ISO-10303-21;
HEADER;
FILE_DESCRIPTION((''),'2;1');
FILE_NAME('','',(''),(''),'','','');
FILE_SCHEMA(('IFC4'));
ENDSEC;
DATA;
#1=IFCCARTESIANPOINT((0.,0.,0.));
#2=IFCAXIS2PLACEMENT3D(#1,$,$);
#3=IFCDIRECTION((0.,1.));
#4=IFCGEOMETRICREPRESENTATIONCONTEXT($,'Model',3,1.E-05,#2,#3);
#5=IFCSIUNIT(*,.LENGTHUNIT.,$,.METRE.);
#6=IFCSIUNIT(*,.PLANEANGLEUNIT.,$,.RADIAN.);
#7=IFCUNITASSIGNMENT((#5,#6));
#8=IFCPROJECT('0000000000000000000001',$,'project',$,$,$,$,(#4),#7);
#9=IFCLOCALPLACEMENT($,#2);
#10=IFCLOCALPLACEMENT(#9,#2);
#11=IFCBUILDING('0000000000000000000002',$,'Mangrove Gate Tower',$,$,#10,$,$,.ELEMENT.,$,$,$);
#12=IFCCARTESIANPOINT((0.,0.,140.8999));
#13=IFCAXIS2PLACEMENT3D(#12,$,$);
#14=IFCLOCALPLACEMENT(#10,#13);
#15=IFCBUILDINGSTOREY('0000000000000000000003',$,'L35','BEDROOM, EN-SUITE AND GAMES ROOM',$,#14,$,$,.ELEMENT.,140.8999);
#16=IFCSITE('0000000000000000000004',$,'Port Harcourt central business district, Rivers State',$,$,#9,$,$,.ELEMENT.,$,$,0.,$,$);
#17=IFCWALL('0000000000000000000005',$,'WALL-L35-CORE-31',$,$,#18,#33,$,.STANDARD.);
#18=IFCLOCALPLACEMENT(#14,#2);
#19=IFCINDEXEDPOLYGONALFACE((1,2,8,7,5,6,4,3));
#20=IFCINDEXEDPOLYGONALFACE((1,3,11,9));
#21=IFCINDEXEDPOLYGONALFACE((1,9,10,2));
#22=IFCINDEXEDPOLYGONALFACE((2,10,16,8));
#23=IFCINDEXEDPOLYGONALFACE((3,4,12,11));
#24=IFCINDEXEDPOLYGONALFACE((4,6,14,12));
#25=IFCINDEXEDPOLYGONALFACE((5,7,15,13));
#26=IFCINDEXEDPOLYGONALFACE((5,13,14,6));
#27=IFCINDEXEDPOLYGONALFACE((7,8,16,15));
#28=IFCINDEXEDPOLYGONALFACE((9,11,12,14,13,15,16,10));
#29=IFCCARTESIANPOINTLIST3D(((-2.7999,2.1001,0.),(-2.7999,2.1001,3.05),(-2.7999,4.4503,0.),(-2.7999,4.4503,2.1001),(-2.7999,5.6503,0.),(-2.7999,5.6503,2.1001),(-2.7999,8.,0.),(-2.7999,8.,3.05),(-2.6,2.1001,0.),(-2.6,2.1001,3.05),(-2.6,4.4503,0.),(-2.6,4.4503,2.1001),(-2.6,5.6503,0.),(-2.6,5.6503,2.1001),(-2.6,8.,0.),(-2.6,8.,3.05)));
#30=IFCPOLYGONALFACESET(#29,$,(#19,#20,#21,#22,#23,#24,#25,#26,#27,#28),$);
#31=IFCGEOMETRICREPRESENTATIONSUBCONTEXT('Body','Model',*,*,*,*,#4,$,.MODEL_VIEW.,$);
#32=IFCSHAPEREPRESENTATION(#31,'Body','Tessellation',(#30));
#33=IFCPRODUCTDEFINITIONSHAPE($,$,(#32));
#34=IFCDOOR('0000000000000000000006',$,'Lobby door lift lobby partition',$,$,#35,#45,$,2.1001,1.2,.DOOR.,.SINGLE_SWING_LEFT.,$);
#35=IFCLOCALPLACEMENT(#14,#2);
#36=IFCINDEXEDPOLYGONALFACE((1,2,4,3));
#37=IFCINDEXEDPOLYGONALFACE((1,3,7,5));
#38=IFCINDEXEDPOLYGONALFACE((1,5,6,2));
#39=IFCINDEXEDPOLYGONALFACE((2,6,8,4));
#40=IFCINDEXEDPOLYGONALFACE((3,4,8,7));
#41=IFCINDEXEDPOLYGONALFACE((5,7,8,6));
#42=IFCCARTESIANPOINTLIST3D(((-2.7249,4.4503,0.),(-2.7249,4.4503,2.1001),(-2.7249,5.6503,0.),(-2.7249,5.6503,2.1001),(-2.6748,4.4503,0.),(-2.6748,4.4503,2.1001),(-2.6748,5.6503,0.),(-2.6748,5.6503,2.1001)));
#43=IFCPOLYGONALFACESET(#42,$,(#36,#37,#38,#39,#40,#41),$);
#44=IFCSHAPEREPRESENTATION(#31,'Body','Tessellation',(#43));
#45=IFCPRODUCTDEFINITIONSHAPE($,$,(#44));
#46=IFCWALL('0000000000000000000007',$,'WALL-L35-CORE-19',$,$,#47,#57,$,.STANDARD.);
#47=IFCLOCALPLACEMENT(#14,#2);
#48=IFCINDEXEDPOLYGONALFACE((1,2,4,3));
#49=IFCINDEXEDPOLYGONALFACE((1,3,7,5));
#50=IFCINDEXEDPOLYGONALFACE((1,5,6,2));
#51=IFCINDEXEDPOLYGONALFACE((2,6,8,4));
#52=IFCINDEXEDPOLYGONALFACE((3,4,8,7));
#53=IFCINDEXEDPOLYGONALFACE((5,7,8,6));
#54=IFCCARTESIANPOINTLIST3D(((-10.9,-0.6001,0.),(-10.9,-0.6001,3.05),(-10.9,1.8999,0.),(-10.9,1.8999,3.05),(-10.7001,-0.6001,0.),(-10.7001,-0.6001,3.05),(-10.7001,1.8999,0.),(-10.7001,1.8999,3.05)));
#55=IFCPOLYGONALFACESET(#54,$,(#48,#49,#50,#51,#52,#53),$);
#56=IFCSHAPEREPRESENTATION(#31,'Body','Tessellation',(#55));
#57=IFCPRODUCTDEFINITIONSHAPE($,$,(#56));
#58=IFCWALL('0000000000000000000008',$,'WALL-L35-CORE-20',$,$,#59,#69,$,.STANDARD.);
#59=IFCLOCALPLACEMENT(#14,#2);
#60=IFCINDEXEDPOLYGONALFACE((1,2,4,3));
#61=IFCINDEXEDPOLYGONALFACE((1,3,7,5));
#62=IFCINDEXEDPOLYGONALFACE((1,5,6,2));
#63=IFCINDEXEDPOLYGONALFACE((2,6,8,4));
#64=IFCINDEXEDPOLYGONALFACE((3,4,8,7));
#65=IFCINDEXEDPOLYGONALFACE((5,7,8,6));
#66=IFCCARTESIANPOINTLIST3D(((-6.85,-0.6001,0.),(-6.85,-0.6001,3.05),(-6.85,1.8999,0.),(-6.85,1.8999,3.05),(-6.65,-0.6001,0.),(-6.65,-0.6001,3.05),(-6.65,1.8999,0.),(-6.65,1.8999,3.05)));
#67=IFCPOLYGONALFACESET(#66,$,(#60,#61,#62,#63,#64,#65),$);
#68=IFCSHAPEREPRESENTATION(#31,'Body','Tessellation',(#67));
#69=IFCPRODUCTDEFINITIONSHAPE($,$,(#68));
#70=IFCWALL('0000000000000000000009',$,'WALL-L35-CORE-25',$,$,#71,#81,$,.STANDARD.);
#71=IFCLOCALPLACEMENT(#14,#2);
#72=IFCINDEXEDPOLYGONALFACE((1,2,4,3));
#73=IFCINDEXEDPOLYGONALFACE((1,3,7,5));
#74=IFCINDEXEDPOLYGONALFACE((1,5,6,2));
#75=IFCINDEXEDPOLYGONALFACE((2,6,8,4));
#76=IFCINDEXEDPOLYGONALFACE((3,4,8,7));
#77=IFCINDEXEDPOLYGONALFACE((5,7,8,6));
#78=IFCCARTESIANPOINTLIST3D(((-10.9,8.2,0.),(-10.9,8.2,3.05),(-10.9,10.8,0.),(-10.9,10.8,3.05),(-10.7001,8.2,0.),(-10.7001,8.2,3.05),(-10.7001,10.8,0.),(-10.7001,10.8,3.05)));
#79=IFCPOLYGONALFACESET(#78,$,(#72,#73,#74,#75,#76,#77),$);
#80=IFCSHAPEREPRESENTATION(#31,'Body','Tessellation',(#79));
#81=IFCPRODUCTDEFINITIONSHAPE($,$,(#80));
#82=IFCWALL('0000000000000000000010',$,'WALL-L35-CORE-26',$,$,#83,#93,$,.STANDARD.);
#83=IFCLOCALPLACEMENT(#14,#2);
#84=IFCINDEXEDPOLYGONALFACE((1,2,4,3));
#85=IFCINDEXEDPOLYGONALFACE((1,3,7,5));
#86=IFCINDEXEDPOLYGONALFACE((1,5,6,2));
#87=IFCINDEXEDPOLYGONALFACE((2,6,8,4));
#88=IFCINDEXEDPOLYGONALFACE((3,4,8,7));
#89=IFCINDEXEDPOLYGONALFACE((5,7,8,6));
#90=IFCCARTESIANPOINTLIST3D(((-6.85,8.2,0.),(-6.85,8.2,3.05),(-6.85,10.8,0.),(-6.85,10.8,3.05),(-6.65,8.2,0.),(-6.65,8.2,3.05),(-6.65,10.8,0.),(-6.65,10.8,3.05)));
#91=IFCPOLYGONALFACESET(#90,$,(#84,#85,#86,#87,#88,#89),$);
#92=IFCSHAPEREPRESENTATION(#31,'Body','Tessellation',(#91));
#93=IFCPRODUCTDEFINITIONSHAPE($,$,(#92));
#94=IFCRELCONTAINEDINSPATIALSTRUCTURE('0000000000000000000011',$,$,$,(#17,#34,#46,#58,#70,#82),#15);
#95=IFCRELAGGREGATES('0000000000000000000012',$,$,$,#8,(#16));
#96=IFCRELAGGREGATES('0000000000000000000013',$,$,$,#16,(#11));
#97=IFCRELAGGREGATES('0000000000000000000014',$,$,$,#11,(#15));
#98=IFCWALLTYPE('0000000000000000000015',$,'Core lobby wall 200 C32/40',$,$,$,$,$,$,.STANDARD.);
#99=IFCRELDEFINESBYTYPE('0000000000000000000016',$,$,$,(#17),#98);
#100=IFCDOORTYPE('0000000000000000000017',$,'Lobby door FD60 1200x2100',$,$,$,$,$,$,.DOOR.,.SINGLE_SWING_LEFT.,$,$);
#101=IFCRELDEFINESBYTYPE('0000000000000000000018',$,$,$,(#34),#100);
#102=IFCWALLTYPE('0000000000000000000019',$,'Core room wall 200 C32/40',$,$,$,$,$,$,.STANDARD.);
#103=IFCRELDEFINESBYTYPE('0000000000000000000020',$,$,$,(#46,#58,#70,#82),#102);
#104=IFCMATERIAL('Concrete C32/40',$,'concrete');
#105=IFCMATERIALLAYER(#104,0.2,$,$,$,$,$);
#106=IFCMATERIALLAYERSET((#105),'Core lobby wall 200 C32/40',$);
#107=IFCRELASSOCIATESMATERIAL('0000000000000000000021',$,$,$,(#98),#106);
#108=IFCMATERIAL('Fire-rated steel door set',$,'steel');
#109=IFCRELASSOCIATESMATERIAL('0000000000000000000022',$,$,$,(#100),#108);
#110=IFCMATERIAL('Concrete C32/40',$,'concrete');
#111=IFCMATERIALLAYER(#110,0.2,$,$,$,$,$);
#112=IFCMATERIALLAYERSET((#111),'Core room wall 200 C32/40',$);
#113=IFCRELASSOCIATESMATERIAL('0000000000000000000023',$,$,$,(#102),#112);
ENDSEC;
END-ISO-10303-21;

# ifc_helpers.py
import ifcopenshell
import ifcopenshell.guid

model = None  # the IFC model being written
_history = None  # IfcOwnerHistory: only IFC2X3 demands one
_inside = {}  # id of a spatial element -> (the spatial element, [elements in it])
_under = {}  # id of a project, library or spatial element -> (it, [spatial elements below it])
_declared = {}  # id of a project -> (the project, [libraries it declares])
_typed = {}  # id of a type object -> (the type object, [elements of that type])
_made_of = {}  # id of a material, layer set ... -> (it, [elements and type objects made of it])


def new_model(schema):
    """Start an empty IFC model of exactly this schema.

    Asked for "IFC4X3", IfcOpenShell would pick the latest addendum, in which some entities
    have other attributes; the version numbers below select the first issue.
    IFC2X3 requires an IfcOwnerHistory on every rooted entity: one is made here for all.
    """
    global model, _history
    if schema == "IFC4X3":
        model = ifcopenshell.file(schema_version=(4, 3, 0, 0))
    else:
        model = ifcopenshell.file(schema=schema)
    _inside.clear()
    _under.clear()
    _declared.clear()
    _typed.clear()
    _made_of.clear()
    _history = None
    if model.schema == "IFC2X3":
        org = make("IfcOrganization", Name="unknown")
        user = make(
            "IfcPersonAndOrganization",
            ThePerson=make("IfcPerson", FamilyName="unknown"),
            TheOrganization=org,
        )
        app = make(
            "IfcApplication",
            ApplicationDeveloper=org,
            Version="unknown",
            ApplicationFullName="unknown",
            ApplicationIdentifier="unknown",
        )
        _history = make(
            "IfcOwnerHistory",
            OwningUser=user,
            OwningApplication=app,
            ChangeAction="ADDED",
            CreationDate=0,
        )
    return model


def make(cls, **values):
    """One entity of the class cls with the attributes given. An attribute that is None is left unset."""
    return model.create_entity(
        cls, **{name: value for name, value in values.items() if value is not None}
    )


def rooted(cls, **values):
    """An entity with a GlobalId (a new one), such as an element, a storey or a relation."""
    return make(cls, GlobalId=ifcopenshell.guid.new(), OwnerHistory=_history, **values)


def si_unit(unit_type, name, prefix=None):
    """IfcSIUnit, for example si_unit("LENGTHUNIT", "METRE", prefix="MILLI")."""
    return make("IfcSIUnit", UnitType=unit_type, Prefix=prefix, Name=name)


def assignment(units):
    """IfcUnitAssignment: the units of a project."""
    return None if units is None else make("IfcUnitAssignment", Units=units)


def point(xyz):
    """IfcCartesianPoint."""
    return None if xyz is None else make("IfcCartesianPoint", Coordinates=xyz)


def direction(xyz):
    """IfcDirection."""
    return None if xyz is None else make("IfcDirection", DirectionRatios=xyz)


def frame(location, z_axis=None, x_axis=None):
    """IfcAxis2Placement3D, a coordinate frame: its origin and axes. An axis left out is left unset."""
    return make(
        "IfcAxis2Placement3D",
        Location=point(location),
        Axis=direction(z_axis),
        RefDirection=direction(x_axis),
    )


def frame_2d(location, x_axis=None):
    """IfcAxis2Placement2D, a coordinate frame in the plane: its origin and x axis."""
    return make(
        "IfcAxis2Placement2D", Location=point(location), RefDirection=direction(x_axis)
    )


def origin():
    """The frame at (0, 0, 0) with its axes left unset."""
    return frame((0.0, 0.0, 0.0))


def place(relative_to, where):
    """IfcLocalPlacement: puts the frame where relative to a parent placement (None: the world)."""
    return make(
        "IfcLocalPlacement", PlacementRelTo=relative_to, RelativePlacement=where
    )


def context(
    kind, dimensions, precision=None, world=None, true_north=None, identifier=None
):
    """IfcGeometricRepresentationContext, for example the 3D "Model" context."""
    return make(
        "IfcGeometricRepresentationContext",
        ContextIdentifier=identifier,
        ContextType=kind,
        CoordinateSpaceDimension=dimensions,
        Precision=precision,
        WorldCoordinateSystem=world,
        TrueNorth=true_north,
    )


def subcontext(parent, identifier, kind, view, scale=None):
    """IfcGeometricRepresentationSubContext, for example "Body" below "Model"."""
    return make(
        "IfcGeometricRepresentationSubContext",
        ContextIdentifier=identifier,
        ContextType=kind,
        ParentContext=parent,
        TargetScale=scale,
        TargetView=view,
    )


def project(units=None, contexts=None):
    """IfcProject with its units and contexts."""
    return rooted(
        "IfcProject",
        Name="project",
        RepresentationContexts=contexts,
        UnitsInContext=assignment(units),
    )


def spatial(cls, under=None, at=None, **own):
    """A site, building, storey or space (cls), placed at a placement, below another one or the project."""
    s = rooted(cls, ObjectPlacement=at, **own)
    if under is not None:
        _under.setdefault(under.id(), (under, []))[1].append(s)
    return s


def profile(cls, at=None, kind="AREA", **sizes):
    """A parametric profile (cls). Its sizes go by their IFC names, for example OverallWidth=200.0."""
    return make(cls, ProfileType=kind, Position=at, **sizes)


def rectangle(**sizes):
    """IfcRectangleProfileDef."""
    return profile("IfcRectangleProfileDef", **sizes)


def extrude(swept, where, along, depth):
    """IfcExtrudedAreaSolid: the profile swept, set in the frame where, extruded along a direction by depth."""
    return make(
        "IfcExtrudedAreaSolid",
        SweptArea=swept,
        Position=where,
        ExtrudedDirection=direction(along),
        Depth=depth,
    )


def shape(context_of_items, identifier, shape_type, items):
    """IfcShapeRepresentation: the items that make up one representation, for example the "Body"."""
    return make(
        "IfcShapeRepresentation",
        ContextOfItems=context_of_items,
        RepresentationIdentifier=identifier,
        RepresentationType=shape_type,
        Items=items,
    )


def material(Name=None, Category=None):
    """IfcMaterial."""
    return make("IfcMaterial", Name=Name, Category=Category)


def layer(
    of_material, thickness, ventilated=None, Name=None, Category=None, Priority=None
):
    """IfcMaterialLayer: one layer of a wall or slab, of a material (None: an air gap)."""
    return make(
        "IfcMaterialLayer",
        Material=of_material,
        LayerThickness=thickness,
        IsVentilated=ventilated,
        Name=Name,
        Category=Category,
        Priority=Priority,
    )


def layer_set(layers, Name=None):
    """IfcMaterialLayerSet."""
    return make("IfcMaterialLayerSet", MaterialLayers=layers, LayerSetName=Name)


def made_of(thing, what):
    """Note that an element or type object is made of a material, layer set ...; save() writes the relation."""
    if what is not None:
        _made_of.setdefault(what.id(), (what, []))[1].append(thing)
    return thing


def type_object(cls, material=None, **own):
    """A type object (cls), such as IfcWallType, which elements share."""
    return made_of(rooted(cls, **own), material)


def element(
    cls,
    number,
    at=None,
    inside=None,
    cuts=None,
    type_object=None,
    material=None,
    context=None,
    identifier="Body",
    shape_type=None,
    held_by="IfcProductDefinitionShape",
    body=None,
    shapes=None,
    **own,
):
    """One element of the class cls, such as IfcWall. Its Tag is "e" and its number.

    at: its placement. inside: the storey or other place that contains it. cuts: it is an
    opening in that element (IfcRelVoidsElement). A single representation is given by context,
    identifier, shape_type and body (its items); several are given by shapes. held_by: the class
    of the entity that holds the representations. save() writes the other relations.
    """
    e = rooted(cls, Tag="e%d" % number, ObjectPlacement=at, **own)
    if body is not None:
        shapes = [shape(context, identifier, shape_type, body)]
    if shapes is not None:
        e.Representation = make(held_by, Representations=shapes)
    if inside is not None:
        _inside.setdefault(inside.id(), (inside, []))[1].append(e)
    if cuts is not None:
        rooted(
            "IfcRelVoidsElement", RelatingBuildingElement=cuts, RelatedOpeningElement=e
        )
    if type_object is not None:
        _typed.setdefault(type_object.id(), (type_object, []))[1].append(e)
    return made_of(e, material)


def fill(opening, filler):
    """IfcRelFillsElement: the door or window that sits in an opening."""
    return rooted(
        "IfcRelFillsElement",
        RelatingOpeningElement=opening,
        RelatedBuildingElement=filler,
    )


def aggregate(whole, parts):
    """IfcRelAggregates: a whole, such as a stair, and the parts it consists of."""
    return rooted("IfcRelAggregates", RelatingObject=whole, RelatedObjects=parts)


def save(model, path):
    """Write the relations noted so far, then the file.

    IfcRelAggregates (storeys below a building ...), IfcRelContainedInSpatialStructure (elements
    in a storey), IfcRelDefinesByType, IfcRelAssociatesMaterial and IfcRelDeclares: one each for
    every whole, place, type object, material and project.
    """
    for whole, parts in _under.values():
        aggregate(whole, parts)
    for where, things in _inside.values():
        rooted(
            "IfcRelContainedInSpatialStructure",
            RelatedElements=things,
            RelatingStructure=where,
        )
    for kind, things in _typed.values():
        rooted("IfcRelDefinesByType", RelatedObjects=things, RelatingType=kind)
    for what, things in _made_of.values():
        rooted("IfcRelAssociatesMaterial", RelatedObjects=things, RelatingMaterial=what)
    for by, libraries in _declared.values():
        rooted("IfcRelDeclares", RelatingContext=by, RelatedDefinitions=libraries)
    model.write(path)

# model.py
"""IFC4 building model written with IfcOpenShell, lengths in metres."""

from ifc_helpers import new_model, si_unit, direction, frame, frame_2d, origin, place, context, subcontext, project, spatial, rectangle, extrude, material, layer, layer_set, type_object, element, fill, save


model = new_model("IFC4")

# Units and contexts
model_context = context("Model", 3, precision=1e-05, world=origin(), true_north=direction((0.0, 1.0)))
body_context = subcontext(model_context, "Body", "Model", "MODEL_VIEW")
ifc_project = project(units=[si_unit("LENGTHUNIT", "METRE"), si_unit("PLANEANGLEUNIT", "RADIAN")], contexts=[model_context])

# Site, building, storey
site_placement = place(None, origin())
site = spatial("IfcSite", under=ifc_project, at=site_placement, Name="Port Harcourt central business district, Rivers State", CompositionType="ELEMENT", RefElevation=0.0)
building_placement = place(site_placement, origin())
building = spatial("IfcBuilding", under=site, at=building_placement, Name="Mangrove Gate Tower", CompositionType="ELEMENT")
storey_placement = place(building_placement, frame((0.0, 0.0, 140.8999)))
storey = spatial("IfcBuildingStorey", under=building, at=storey_placement, Name="L35", Description="BEDROOM, EN-SUITE AND GAMES ROOM", CompositionType="ELEMENT", Elevation=140.8999)

# Wall, opening, door
ifc_material_1 = material(Name="Concrete C32/40", Category="concrete")
ifc_layer_1 = layer(ifc_material_1, 0.2)
ifc_layer_set_1 = layer_set([ifc_layer_1], Name="Core lobby wall 200 C32/40")
wall_type_1 = type_object("IfcWallType", Name="Core lobby wall 200 C32/40", PredefinedType="STANDARD", material=ifc_layer_set_1)
wall_1_placement = place(storey_placement, frame((-2.7, 2.1001, 0.0), z_axis=(0.0, 0.0, 1.0), x_axis=(0.0, 1.0, 0.0)))
wall_1 = element("IfcWall", 1, at=wall_1_placement, inside=storey, type_object=wall_type_1, Name="WALL-L35-CORE-31", PredefinedType="STANDARD", context=body_context, shape_type="SweptSolid", body=[
    extrude(rectangle(XDim=5.8999, YDim=0.2, at=frame_2d((2.95, 0.0))), origin(), (0.0, 0.0, 1.0), 3.05),
])
opening_1_placement = place(wall_1_placement, frame((2.3501, 0.0, 0.0)))
opening_1 = element("IfcOpeningElement", 2, at=opening_1_placement, cuts=wall_1, PredefinedType="OPENING", context=body_context, shape_type="SweptSolid", body=[
    extrude(rectangle(XDim=1.2, YDim=2.1001, at=frame_2d((0.6001, 1.05))), frame((0.0, 0.1099, 0.0), z_axis=(0.0, -1.0, 0.0), x_axis=(1.0, 0.0, 0.0)), (0.0, 0.0, 1.0), 0.22),
])
ifc_material_2 = material(Name="Fire-rated steel door set", Category="steel")
door_type_1 = type_object("IfcDoorType", Name="Lobby door FD60 1200x2100", OperationType="SINGLE_SWING_LEFT", PredefinedType="DOOR", material=ifc_material_2)
door_1_placement = place(opening_1_placement, origin())
door_1 = element("IfcDoor", 3, at=door_1_placement, inside=storey, type_object=door_type_1, Name="Lobby door lift lobby partition", OperationType="SINGLE_SWING_LEFT", OverallHeight=2.1001, OverallWidth=1.2, PredefinedType="DOOR", context=body_context, shape_type="SweptSolid", body=[
    extrude(rectangle(XDim=1.2, YDim=2.1001, at=frame_2d((0.6001, 1.05))), frame((0.0, 0.0249, 0.0), z_axis=(0.0, -1.0, 0.0), x_axis=(1.0, 0.0, 0.0)), (0.0, 0.0, 1.0), 0.05),
])
fill(opening_1, door_1)

# Walls
ifc_material_3 = material(Name="Concrete C32/40", Category="concrete")
ifc_layer_2 = layer(ifc_material_3, 0.2)
ifc_layer_set_2 = layer_set([ifc_layer_2], Name="Core room wall 200 C32/40")
wall_type_2 = type_object("IfcWallType", Name="Core room wall 200 C32/40", PredefinedType="STANDARD", material=ifc_layer_set_2)
for number, where, z_axis, x_axis, name in (
    (4, (-10.8, -0.6001, 0.0), (0.0, 0.0, 1.0), (0.0, 1.0, 0.0), "WALL-L35-CORE-19"),
    (5, (-6.75, -0.6001, 0.0), (0.0, 0.0, 1.0), (0.0, 1.0, 0.0), "WALL-L35-CORE-20"),
):
    element("IfcWall", number, at=place(storey_placement, frame(where, z_axis=z_axis, x_axis=x_axis)), inside=storey, type_object=wall_type_2, Name=name, PredefinedType="STANDARD", context=body_context, shape_type="SweptSolid", body=[
        extrude(rectangle(XDim=2.5, YDim=0.2, at=frame_2d((1.25, 0.0))), origin(), (0.0, 0.0, 1.0), 3.05),
    ])
for number, where, z_axis, x_axis, name in (
    (6, (-10.8, 8.2, 0.0), (0.0, 0.0, 1.0), (0.0, 1.0, 0.0), "WALL-L35-CORE-25"),
    (7, (-6.75, 8.2, 0.0), (0.0, 0.0, 1.0), (0.0, 1.0, 0.0), "WALL-L35-CORE-26"),
):
    element("IfcWall", number, at=place(storey_placement, frame(where, z_axis=z_axis, x_axis=x_axis)), inside=storey, type_object=wall_type_2, Name=name, PredefinedType="STANDARD", context=body_context, shape_type="SweptSolid", body=[
        extrude(rectangle(XDim=2.6001, YDim=0.2, at=frame_2d((1.3, 0.0))), origin(), (0.0, 0.0, 1.0), 3.05),
    ])

save(model, "model.ifc")
